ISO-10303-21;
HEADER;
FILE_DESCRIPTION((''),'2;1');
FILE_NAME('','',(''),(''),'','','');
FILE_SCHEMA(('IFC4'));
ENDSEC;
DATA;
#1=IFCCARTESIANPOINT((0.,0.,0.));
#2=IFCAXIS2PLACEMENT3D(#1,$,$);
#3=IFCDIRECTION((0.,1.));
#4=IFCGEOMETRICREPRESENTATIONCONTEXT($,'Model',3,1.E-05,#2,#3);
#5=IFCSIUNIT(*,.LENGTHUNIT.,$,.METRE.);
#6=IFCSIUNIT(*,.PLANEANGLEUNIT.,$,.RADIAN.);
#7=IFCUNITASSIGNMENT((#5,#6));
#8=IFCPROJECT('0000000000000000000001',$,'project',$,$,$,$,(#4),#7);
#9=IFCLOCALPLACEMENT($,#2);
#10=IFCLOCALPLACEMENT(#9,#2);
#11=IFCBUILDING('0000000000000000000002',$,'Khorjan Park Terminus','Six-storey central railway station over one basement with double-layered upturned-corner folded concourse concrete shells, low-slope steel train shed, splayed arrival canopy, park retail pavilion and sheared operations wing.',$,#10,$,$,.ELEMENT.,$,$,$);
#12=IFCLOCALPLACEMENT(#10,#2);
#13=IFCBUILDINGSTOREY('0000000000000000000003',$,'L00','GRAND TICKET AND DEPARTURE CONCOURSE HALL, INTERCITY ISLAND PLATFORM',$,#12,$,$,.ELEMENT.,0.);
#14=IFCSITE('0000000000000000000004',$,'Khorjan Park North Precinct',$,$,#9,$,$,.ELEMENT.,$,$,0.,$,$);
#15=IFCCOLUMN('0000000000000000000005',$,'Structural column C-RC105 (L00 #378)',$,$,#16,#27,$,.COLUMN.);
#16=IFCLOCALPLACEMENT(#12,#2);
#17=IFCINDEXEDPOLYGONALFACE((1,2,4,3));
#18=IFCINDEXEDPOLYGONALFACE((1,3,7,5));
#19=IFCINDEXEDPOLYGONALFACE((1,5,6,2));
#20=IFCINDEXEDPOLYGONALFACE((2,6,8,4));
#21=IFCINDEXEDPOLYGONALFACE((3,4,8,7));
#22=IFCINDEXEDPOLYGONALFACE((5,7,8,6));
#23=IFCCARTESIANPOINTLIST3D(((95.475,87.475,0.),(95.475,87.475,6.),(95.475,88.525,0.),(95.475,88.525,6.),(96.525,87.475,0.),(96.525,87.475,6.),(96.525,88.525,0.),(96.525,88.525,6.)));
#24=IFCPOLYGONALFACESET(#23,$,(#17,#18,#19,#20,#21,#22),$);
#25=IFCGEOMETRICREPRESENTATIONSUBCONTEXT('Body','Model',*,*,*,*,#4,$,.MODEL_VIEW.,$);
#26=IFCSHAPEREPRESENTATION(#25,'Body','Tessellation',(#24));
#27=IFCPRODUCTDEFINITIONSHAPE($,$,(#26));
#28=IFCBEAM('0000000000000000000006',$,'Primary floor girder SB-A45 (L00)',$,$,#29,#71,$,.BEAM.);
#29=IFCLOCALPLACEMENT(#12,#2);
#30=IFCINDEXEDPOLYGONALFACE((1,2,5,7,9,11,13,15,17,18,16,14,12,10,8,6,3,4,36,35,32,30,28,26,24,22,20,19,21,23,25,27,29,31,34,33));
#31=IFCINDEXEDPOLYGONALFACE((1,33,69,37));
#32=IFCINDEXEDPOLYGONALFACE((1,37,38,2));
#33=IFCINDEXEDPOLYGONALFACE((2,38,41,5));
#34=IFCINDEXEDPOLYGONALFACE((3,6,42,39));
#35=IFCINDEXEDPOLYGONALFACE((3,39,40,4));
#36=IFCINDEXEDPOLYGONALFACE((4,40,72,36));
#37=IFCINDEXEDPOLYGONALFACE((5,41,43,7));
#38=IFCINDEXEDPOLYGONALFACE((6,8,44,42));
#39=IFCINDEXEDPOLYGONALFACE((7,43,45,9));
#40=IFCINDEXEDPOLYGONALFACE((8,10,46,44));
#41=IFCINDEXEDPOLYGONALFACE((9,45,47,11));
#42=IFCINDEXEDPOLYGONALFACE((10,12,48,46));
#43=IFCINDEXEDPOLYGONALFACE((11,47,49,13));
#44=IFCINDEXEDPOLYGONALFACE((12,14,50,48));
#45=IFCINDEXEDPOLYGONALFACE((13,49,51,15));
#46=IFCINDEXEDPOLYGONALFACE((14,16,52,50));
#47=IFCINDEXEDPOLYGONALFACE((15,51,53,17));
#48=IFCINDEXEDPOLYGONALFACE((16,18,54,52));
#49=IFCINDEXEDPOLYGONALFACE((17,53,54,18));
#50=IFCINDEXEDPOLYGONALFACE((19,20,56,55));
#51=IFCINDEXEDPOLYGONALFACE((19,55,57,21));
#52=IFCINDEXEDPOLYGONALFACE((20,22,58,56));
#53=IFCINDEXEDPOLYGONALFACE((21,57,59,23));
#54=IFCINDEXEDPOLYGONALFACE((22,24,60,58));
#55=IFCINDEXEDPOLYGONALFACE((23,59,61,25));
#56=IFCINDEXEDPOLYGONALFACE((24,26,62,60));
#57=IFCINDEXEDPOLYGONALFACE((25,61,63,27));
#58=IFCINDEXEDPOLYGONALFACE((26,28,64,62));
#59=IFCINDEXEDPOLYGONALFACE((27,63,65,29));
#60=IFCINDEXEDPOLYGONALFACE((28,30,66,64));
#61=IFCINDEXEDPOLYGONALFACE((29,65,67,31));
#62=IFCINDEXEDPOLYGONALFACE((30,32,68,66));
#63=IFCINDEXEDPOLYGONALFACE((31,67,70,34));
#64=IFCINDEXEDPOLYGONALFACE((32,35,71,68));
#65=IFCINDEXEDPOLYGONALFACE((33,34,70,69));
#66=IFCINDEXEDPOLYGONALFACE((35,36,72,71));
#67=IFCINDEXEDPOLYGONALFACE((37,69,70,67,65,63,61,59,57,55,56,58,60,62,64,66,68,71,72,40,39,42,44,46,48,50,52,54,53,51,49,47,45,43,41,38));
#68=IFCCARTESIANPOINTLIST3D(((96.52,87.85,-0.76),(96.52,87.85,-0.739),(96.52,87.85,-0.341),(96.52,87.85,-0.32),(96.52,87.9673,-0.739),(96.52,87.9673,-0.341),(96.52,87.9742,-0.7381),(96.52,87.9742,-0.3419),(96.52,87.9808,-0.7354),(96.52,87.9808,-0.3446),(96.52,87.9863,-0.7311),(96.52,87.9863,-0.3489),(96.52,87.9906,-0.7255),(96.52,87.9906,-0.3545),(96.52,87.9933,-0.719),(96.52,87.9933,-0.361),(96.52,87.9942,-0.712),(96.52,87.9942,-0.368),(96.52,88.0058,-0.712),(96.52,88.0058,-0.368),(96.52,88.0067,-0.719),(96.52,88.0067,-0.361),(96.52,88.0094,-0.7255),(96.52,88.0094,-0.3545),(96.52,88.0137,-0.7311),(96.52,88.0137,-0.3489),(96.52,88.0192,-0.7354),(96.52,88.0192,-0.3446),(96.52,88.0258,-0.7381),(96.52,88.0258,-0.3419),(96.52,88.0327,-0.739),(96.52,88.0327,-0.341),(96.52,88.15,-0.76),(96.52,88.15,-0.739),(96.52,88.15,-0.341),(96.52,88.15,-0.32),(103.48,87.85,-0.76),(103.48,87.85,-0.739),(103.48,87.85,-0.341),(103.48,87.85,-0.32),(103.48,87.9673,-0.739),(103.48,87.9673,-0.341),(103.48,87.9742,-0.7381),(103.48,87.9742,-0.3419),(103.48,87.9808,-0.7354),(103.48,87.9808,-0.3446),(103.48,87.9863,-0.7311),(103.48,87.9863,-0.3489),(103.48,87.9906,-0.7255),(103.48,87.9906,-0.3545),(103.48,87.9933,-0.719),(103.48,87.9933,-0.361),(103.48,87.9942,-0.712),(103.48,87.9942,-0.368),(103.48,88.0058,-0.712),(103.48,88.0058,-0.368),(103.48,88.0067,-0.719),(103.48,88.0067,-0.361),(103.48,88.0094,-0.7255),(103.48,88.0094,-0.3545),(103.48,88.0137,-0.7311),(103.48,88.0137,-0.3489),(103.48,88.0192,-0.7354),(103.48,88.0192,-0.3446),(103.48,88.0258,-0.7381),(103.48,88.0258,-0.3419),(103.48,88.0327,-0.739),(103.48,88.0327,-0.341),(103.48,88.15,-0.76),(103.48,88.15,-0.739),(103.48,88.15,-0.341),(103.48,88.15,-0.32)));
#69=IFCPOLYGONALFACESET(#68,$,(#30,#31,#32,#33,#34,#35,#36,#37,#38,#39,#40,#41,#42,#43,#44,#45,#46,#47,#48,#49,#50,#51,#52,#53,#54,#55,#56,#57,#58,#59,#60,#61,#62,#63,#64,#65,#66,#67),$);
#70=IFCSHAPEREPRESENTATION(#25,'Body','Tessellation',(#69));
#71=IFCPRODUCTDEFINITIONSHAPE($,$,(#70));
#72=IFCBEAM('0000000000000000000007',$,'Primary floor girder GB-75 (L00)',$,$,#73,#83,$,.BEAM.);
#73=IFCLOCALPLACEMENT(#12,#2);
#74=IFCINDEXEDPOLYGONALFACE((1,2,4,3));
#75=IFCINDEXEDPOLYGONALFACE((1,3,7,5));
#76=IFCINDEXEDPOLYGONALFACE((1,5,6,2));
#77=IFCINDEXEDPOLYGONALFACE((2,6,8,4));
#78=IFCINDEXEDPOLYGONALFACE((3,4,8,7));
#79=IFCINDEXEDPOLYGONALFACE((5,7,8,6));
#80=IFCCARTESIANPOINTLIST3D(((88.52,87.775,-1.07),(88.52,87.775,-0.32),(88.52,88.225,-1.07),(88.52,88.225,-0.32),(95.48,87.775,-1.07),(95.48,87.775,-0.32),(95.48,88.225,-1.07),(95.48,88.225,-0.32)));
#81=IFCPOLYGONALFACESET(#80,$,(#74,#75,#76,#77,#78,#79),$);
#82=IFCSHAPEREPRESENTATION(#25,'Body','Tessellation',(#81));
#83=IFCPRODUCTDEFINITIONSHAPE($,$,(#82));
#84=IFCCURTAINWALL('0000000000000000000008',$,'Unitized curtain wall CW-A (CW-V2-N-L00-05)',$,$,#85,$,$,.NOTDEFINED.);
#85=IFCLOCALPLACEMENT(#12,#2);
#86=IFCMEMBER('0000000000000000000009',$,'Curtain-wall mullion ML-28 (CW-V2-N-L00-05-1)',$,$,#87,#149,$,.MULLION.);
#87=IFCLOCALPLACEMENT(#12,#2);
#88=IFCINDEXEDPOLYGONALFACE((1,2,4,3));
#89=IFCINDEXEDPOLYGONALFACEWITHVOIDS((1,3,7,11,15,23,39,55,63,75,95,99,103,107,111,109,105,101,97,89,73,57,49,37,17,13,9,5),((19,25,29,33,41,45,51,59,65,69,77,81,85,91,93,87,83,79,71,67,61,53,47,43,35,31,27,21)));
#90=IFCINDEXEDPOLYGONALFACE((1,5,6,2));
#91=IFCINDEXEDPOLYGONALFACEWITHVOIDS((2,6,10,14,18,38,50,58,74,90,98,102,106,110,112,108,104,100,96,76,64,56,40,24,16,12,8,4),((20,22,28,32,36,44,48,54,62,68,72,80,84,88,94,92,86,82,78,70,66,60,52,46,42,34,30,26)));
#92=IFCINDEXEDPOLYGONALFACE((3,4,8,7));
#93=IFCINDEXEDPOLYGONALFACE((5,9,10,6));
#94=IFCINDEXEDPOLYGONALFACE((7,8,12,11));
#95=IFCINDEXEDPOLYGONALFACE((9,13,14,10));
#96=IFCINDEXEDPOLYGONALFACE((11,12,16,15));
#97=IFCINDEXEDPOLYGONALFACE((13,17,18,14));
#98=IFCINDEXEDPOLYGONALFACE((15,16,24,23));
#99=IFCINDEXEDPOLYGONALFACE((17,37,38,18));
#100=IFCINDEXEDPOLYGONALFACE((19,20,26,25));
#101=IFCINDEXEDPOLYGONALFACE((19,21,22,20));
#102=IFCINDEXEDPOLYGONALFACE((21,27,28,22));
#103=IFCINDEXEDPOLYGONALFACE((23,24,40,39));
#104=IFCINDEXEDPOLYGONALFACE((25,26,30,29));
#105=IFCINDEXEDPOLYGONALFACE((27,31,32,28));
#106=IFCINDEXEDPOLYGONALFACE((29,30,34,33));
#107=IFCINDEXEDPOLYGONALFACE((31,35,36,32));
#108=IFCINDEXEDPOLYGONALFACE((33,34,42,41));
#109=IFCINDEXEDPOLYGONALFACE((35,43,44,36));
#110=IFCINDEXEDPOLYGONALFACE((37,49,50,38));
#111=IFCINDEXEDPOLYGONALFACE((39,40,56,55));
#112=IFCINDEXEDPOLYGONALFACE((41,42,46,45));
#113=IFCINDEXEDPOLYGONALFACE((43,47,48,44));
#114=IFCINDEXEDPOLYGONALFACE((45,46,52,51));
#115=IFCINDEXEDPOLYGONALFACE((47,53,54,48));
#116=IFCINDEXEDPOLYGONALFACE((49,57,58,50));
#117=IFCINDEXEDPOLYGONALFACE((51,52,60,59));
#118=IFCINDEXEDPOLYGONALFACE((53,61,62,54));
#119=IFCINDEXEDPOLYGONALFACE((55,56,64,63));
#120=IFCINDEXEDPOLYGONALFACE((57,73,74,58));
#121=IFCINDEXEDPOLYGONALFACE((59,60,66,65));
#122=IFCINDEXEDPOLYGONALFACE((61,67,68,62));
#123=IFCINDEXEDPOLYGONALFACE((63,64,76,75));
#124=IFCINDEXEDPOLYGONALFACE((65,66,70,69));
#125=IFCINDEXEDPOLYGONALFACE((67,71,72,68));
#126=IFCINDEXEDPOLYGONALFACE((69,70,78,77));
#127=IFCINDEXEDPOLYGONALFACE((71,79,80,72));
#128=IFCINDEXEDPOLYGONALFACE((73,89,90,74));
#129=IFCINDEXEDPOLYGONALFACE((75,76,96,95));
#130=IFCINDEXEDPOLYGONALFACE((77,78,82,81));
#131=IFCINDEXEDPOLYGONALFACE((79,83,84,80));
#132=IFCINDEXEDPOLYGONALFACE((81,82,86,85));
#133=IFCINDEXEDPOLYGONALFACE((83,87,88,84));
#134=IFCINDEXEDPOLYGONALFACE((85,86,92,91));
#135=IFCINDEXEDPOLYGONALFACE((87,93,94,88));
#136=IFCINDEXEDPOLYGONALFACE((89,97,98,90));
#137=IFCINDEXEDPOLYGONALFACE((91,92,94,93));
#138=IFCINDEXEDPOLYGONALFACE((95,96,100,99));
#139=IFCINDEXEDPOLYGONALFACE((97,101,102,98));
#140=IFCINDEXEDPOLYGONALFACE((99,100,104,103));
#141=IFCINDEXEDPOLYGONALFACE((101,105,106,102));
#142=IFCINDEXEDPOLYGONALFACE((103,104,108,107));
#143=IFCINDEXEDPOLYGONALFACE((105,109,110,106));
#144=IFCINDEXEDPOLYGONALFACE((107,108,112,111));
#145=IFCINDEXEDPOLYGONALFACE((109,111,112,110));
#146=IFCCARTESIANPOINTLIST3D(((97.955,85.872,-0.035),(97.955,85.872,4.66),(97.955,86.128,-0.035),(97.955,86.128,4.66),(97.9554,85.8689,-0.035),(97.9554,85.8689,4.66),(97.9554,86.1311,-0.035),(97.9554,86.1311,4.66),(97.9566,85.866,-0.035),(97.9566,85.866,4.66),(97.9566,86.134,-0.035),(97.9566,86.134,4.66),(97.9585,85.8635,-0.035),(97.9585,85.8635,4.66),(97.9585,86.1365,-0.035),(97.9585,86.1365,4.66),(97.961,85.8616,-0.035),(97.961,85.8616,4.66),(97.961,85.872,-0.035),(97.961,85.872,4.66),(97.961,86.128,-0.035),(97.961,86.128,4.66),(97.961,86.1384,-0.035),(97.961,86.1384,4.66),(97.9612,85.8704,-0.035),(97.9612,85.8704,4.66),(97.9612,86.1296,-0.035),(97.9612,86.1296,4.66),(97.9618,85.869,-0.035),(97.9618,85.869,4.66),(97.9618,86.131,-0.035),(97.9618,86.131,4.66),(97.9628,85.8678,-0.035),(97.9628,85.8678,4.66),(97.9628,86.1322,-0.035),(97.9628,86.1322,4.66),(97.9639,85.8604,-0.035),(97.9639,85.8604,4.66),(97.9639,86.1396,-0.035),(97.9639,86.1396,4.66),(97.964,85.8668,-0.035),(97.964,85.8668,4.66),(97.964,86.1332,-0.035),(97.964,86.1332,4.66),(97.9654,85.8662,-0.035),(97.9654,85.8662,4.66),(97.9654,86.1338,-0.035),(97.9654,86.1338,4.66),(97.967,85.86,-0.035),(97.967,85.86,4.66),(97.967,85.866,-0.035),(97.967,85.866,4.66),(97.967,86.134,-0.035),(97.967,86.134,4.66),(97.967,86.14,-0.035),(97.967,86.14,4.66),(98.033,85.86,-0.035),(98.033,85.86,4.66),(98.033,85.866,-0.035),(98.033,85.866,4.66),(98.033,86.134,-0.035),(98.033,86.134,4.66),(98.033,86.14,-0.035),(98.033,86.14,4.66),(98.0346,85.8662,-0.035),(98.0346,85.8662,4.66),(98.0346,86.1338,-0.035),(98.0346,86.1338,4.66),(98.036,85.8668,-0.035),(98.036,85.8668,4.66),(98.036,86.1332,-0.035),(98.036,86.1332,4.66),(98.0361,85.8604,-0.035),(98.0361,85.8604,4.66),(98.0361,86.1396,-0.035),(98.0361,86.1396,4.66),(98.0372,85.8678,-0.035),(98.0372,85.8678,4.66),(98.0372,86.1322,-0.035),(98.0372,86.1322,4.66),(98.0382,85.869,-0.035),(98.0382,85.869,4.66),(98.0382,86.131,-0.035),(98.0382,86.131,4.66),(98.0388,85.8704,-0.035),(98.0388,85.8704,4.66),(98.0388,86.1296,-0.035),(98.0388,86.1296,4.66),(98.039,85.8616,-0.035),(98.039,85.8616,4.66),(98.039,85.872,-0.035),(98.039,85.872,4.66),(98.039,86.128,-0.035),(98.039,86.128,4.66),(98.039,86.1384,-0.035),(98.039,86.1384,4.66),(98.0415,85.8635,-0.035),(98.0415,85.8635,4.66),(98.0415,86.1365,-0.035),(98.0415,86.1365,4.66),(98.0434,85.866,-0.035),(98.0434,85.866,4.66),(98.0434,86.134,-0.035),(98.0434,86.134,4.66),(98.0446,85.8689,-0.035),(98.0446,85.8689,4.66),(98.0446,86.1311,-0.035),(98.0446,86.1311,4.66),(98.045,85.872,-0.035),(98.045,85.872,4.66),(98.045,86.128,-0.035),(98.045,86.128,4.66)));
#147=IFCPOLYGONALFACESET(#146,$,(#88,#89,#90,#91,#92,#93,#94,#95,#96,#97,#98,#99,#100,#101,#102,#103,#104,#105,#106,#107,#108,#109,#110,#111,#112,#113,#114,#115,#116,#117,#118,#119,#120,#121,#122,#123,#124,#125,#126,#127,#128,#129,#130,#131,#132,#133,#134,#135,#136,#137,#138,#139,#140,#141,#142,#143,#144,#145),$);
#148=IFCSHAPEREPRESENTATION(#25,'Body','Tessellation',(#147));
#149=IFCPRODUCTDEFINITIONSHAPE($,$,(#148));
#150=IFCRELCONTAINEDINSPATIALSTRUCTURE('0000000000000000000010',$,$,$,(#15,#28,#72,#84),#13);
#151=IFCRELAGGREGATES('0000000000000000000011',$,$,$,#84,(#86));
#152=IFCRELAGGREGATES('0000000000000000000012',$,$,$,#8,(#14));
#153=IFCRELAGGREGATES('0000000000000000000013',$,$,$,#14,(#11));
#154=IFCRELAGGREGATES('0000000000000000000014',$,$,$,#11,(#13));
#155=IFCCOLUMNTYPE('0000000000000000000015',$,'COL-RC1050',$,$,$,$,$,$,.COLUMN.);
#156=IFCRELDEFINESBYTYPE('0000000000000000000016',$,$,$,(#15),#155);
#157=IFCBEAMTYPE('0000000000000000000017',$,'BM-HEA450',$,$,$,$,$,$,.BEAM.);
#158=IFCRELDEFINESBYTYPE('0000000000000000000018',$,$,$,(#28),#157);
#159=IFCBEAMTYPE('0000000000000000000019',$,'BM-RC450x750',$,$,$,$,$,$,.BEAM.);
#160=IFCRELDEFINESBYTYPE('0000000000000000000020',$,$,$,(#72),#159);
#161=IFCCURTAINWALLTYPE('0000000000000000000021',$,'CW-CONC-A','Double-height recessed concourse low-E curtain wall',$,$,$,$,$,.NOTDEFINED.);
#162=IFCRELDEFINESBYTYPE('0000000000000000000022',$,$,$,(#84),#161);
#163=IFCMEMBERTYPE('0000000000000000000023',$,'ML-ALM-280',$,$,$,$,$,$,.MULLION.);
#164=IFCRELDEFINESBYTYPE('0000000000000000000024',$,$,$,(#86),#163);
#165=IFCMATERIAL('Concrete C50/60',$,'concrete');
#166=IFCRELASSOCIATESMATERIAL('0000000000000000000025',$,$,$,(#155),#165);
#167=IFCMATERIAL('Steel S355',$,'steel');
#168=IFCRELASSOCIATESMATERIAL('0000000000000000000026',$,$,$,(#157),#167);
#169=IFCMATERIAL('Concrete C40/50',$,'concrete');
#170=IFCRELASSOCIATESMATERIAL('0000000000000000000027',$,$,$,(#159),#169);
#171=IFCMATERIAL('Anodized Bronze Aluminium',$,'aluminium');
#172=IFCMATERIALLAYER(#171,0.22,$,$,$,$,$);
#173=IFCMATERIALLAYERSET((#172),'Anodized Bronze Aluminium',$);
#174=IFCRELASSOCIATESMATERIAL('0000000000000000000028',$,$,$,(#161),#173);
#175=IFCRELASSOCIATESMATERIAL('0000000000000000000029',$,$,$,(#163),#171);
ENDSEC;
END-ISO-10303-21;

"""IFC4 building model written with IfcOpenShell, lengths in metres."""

from ifc_helpers import new_model, si_unit, direction, frame, origin, origin_2d, place, context, subcontext, project, spatial, rectangle, hollow_rectangle, i_section, extrude, material, layer, layer_set, material_profile, profile_set, type_object, element, aggregate, save


model = new_model("IFC4")

# Units and contexts
model_context = context("Model", 3, precision=1e-05, world=origin(), true_north=direction((0.0, 1.0)))
body_context = subcontext(model_context, "Body", "Model", "MODEL_VIEW")
ifc_project = project(units=[si_unit("LENGTHUNIT", "METRE"), si_unit("PLANEANGLEUNIT", "RADIAN")], contexts=[model_context])

# Site, building, storey
site_placement = place(None, origin())
site = spatial("IfcSite", under=ifc_project, at=site_placement, Name="Khorjan Park North Precinct", CompositionType="ELEMENT", RefElevation=0.0)
building_placement = place(site_placement, origin())
building = spatial("IfcBuilding", under=site, at=building_placement, Name="Khorjan Park Terminus", Description="Six-storey central railway station over one basement with double-layered upturned-corner folded concourse concrete shells, low-slope steel train shed, splayed arrival canopy, park retail pavilion and sheared operations wing.", CompositionType="ELEMENT")
storey_placement = place(building_placement, origin())
storey = spatial("IfcBuildingStorey", under=building, at=storey_placement, Name="L00", Description="GRAND TICKET AND DEPARTURE CONCOURSE HALL, INTERCITY ISLAND PLATFORM", CompositionType="ELEMENT", Elevation=0.0)

# Column
ifc_material_1 = material(Name="Concrete C50/60", Category="concrete")
ifc_material_profile_1 = material_profile(ifc_material_1, rectangle(XDim=1.05, YDim=1.05, at=origin_2d()), Name="RC 1050x1050")
ifc_profile_set_1 = profile_set([ifc_material_profile_1], Name="Concrete C50/60")
column_type = type_object("IfcColumnType", Name="COL-RC1050", PredefinedType="COLUMN", material=ifc_profile_set_1)
column_placement = place(storey_placement, frame((96.0, 88.0, 0.0), z_axis=(0.0, 0.0, 1.0), x_axis=(1.0, 0.0, 0.0)))
element("IfcColumn", 1, at=column_placement, inside=storey, type_object=column_type, Name="Structural column C-RC105 (L00 #378)", PredefinedType="COLUMN", context=body_context, shape_type="SweptSolid", body=[
    extrude(rectangle(XDim=1.05, YDim=1.05, at=origin_2d()), origin(), (0.0, 0.0, 1.0), 6.0),
])

# Beams
ifc_material_2 = material(Name="Steel S355", Category="steel")
ifc_material_profile_2 = material_profile(ifc_material_2, i_section(OverallWidth=0.3, OverallDepth=0.44, WebThickness=0.0115, FlangeThickness=0.021, FilletRadius=0.027, at=origin_2d()), Name="HEA 450")
ifc_profile_set_2 = profile_set([ifc_material_profile_2], Name="Steel S355")
beam_type_1 = type_object("IfcBeamType", Name="BM-HEA450", PredefinedType="BEAM", material=ifc_profile_set_2)
beam_1_placement = place(storey_placement, frame((96.52, 88.0, -0.54), z_axis=(1.0, 0.0, 0.0), x_axis=(0.0, 1.0, 0.0)))
element("IfcBeam", 2, at=beam_1_placement, inside=storey, type_object=beam_type_1, Name="Primary floor girder SB-A45 (L00)", PredefinedType="BEAM", context=body_context, shape_type="SweptSolid", body=[
    extrude(i_section(OverallWidth=0.3, OverallDepth=0.44, WebThickness=0.0115, FlangeThickness=0.021, FilletRadius=0.027, at=origin_2d()), origin(), (0.0, 0.0, 1.0), 6.96),
])
ifc_material_3 = material(Name="Concrete C40/50", Category="concrete")
ifc_material_profile_3 = material_profile(ifc_material_3, rectangle(XDim=0.45, YDim=0.75, at=origin_2d()), Name="RC 450x750")
ifc_profile_set_3 = profile_set([ifc_material_profile_3], Name="Concrete C40/50")
beam_type_2 = type_object("IfcBeamType", Name="BM-RC450x750", PredefinedType="BEAM", material=ifc_profile_set_3)
beam_2_placement = place(storey_placement, frame((88.52, 88.0, -0.695), z_axis=(1.0, 0.0, 0.0), x_axis=(0.0, 1.0, 0.0)))
element("IfcBeam", 3, at=beam_2_placement, inside=storey, type_object=beam_type_2, Name="Primary floor girder GB-75 (L00)", PredefinedType="BEAM", context=body_context, shape_type="SweptSolid", body=[
    extrude(rectangle(XDim=0.45, YDim=0.75, at=origin_2d()), origin(), (0.0, 0.0, 1.0), 6.96),
])

# Curtain wall, member
ifc_material_4 = material(Name="Anodized Bronze Aluminium", Category="aluminium")
ifc_layer_1 = layer(ifc_material_4, 0.22)
ifc_layer_set_1 = layer_set([ifc_layer_1], Name="Anodized Bronze Aluminium")
curtain_wall_type = type_object("IfcCurtainWallType", Name="CW-CONC-A", Description="Double-height recessed concourse low-E curtain wall", PredefinedType="NOTDEFINED", material=ifc_layer_set_1)
curtain_wall_placement = place(storey_placement, origin())
curtain_wall = element("IfcCurtainWall", 4, at=curtain_wall_placement, inside=storey, type_object=curtain_wall_type, Name="Unitized curtain wall CW-A (CW-V2-N-L00-05)", PredefinedType="NOTDEFINED")
ifc_material_profile_4 = material_profile(ifc_material_4, hollow_rectangle(XDim=0.09, YDim=0.28, WallThickness=0.006, InnerFilletRadius=0.006, OuterFilletRadius=0.012, at=origin_2d()), Name="ALM 90x280x6")
ifc_profile_set_4 = profile_set([ifc_material_profile_4], Name="Anodized Bronze Aluminium")
member_type_1 = type_object("IfcMemberType", Name="ML-ALM-280", PredefinedType="MULLION", material=ifc_profile_set_4)
member_1_placement = place(storey_placement, frame((98.0, 86.0, -0.035), z_axis=(0.0, 0.0, 1.0), x_axis=(-1.0, 0.0, 0.0)))
member_1 = element("IfcMember", 5, at=member_1_placement, type_object=member_type_1, Name="Curtain-wall mullion ML-28 (CW-V2-N-L00-05-1)", PredefinedType="MULLION", context=body_context, shape_type="SweptSolid", body=[
    extrude(hollow_rectangle(XDim=0.09, YDim=0.28, WallThickness=0.006, InnerFilletRadius=0.006, OuterFilletRadius=0.012, at=origin_2d()), origin(), (0.0, 0.0, 1.0), 4.695),
])
aggregate(curtain_wall, [member_1])

save(model, "model.ifc")
